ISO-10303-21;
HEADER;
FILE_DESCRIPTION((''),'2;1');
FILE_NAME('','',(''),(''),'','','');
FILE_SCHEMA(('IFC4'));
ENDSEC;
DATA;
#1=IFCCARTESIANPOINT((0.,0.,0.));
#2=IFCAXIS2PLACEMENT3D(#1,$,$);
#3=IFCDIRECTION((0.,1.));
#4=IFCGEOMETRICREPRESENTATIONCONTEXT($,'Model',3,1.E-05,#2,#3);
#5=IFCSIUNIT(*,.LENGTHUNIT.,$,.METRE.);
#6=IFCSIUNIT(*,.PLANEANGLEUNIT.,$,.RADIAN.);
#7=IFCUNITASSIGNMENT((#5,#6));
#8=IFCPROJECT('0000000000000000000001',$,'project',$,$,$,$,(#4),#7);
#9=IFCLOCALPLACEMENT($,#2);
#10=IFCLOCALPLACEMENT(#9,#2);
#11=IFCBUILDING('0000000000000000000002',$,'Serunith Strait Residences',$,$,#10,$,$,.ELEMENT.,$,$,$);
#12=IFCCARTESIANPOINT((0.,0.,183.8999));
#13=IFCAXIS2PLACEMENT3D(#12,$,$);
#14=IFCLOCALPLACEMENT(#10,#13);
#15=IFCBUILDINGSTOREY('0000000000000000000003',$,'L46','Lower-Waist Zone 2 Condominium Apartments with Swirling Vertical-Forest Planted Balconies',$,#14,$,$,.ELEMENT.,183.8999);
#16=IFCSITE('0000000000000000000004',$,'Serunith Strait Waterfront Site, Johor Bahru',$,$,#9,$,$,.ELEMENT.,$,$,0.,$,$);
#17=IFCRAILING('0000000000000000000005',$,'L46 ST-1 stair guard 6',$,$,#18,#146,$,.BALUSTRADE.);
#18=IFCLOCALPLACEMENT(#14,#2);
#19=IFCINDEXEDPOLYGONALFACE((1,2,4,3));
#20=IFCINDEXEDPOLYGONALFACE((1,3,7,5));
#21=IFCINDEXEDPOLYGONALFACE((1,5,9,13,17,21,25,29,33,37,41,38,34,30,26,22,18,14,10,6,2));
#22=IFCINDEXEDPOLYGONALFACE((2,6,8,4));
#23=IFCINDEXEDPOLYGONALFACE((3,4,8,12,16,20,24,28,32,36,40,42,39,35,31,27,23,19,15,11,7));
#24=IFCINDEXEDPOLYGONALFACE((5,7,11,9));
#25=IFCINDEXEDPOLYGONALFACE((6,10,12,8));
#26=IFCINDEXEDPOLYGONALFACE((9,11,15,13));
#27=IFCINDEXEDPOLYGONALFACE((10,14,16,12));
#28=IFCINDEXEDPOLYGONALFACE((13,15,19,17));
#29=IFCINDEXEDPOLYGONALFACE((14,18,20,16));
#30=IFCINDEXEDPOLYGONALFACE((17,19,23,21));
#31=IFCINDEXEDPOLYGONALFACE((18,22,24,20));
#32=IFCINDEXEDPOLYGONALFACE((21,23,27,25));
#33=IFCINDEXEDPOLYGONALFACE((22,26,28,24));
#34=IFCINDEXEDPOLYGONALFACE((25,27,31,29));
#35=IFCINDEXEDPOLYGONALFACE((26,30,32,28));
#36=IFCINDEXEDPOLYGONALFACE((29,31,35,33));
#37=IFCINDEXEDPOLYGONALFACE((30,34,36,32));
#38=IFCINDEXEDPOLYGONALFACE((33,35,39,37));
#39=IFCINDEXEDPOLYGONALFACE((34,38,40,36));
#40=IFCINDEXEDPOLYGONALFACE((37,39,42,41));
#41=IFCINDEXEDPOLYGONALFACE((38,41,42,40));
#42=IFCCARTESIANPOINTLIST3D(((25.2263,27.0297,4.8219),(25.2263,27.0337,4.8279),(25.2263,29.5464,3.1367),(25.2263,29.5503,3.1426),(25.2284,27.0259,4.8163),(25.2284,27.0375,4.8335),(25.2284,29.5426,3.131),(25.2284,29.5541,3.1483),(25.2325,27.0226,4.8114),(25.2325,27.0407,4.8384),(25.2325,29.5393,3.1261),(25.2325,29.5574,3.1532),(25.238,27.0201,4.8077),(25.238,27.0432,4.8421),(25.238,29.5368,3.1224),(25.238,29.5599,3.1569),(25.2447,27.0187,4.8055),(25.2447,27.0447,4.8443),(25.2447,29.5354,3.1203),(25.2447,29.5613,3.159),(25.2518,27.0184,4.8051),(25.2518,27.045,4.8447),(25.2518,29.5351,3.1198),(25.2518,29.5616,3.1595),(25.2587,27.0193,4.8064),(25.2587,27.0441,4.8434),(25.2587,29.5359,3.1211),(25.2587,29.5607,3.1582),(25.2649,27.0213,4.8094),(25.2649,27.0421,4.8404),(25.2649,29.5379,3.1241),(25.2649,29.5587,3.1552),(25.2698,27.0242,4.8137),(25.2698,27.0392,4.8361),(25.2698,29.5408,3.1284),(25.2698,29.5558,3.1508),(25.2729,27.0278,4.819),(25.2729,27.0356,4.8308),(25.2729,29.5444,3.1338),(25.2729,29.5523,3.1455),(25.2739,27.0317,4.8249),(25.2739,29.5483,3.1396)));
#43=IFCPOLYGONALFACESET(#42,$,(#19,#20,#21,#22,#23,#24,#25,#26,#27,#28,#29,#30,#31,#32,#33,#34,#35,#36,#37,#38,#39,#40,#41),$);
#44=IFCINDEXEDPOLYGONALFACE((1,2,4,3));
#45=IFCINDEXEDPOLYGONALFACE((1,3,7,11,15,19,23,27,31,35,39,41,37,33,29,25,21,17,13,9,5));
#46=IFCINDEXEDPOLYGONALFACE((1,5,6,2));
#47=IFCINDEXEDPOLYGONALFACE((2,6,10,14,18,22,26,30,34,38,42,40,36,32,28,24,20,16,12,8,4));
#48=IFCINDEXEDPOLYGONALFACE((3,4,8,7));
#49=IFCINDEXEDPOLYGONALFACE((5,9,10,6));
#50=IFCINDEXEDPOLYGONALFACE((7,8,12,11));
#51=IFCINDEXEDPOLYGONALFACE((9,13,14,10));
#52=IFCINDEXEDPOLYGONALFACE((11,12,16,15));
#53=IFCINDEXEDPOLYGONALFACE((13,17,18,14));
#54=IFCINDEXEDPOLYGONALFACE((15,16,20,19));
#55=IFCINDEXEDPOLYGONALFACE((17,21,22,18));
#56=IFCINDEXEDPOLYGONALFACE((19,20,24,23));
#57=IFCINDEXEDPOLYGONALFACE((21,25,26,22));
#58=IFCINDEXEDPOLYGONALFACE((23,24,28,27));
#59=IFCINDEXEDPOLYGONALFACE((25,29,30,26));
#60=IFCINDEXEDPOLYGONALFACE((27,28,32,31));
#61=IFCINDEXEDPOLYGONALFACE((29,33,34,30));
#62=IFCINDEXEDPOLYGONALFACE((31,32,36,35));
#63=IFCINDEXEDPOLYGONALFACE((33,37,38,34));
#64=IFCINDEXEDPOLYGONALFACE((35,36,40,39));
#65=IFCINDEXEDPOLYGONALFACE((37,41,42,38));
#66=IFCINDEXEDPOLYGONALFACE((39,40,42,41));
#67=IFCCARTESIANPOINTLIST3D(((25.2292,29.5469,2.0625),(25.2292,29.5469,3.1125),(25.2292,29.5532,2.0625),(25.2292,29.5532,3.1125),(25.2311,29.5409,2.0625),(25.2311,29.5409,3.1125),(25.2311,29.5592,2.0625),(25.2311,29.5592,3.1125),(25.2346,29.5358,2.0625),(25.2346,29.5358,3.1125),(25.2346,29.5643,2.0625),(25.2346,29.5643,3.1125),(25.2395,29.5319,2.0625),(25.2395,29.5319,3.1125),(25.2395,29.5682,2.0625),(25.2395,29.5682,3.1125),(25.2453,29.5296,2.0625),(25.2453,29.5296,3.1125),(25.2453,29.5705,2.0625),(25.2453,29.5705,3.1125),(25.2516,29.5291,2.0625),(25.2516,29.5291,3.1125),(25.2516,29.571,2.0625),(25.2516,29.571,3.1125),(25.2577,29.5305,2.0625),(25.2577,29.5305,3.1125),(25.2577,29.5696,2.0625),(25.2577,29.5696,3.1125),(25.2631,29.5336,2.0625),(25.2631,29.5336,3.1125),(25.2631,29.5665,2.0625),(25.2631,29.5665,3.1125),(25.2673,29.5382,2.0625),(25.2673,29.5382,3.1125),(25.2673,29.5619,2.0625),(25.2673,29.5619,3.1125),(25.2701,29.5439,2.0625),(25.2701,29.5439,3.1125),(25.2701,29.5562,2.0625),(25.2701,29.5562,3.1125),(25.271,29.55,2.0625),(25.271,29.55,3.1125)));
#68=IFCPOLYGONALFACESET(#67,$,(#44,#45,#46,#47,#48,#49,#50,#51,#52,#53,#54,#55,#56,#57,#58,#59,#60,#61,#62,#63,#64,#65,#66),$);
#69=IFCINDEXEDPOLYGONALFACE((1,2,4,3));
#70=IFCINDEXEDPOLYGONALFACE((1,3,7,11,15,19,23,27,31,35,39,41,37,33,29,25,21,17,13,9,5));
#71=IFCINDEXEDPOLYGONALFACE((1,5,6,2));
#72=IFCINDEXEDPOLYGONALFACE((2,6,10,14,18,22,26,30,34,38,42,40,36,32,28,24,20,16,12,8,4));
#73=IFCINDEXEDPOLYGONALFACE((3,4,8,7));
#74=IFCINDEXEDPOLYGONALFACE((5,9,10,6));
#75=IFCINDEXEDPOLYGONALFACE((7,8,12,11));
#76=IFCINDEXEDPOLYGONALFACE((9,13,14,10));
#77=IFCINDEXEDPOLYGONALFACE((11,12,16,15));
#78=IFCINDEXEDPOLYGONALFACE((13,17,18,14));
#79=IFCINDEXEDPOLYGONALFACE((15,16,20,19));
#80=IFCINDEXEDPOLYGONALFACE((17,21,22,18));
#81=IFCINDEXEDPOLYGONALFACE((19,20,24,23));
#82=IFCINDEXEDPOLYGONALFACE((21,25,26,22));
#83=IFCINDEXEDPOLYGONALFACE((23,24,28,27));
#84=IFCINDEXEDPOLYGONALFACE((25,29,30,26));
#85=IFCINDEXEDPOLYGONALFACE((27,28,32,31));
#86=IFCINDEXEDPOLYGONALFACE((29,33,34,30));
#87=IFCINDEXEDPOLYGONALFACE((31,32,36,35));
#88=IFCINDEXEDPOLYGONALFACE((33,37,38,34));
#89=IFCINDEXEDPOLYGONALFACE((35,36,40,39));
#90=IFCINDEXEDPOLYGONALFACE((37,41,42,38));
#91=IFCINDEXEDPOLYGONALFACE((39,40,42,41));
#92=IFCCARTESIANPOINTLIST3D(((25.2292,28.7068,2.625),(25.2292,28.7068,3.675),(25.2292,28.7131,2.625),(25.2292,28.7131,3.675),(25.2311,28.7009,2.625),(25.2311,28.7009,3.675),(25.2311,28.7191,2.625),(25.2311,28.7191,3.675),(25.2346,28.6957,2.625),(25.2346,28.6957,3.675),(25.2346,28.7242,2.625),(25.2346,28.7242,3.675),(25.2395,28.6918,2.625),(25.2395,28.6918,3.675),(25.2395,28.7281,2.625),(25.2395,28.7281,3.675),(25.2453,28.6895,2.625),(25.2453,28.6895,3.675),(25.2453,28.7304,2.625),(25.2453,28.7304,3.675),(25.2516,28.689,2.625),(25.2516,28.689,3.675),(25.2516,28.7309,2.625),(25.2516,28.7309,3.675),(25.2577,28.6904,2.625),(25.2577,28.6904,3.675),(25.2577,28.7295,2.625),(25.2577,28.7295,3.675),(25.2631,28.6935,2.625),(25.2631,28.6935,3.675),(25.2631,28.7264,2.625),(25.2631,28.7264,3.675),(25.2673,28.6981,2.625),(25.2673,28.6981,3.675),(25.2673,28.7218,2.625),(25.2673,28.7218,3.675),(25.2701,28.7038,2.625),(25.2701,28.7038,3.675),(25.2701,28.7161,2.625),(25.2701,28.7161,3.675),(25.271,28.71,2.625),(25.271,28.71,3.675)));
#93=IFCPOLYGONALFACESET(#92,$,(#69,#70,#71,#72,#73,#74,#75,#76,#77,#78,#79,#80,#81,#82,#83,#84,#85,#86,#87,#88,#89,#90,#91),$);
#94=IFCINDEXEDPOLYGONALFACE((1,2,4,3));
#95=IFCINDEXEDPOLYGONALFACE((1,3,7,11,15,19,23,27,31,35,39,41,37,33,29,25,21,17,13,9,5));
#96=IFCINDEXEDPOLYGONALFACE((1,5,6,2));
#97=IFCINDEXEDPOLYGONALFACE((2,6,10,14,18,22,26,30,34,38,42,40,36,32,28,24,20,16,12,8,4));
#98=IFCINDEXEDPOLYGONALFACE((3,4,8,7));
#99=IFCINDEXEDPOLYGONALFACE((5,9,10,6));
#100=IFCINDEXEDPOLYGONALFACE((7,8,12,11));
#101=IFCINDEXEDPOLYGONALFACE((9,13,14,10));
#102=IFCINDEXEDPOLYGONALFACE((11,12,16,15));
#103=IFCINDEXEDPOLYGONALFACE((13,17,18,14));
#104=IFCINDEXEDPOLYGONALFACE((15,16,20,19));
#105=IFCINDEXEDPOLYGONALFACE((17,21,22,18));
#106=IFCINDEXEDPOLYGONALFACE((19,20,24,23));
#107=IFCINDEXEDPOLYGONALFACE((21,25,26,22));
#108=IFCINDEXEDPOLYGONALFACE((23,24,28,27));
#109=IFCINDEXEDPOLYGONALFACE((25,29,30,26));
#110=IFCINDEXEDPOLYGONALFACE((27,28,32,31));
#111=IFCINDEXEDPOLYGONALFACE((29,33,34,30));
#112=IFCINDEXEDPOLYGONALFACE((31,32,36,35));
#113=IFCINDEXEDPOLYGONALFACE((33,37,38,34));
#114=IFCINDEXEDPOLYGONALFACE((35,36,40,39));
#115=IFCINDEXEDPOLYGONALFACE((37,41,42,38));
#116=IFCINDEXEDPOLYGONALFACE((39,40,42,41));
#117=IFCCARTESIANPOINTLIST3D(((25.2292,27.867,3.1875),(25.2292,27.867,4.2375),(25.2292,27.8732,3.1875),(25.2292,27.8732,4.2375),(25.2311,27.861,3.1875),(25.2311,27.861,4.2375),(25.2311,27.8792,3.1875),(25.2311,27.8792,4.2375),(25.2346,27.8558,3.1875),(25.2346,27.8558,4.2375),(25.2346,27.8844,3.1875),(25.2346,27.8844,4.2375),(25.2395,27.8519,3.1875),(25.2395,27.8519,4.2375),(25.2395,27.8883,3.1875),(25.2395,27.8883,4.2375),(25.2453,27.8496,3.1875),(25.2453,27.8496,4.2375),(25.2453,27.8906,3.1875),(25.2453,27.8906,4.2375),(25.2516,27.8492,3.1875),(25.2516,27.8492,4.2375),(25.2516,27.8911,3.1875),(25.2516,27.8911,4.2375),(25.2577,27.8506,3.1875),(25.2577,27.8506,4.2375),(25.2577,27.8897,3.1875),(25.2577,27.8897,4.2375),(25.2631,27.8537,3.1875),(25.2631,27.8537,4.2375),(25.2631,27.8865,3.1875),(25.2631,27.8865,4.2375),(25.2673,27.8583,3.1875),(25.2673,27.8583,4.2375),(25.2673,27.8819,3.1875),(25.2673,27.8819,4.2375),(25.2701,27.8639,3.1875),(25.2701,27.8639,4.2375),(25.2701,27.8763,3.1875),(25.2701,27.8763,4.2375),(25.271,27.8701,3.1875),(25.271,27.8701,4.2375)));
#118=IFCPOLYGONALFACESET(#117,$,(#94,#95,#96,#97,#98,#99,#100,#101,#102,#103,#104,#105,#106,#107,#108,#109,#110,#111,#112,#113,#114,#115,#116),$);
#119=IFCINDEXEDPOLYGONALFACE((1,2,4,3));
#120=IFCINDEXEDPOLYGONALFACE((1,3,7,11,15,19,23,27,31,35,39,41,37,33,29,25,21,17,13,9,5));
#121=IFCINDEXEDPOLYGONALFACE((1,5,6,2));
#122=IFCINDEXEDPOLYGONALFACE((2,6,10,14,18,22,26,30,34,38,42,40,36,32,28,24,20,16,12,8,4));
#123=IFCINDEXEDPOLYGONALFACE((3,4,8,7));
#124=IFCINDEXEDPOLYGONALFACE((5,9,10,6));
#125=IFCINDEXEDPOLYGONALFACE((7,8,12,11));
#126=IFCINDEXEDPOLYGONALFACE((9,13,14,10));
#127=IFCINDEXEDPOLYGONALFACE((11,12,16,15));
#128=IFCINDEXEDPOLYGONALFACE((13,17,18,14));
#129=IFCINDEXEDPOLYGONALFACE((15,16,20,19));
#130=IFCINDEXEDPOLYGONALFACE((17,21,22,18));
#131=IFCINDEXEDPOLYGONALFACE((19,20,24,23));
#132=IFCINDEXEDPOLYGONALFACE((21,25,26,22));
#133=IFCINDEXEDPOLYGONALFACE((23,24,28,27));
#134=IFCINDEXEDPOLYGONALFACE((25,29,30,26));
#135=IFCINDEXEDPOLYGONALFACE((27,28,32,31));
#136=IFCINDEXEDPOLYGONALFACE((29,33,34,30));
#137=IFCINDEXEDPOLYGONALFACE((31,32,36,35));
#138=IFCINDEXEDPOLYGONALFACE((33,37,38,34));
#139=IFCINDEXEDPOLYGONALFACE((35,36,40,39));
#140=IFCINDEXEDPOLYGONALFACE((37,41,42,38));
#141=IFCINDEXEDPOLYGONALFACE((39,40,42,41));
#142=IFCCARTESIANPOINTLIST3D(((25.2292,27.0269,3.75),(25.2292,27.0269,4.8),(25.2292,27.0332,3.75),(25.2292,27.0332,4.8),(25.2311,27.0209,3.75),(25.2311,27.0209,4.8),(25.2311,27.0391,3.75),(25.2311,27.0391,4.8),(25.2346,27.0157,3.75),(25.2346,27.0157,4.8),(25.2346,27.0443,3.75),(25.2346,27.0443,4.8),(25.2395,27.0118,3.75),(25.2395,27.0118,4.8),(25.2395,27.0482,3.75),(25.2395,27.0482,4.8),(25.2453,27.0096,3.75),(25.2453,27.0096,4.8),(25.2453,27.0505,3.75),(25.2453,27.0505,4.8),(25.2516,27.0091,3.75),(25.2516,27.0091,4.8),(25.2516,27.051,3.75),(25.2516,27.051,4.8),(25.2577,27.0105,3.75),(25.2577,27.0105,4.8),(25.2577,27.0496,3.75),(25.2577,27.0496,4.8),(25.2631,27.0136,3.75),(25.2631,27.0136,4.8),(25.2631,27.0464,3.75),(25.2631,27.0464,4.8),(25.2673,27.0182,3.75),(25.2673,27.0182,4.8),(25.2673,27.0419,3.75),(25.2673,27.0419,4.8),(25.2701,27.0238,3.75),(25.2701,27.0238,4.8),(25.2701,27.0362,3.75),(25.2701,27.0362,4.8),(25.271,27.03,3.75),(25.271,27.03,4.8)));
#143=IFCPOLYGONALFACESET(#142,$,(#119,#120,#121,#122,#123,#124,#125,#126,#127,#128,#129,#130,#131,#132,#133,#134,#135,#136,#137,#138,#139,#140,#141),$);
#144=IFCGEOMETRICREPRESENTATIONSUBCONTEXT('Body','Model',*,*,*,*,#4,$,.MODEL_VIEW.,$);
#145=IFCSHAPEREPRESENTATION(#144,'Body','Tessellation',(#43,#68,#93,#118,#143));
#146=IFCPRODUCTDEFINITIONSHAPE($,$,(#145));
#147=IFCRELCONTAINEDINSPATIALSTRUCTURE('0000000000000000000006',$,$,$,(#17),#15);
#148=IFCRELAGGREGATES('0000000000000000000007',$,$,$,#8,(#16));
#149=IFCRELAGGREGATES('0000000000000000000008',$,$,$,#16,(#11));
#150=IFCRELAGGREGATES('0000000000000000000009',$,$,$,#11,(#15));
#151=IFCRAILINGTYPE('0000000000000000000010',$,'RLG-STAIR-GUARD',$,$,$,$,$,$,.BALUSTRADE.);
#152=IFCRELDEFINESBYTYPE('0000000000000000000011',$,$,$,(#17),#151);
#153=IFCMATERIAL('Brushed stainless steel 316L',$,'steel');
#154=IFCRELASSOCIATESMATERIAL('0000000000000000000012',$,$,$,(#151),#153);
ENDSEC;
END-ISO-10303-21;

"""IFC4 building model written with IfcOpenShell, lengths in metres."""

from ifc_helpers import new_model, si_unit, direction, frame, origin, origin_2d, place, context, subcontext, project, spatial, circle, extrude, material, type_object, element, save


model = new_model("IFC4")

# Units and contexts
model_context = context("Model", 3, precision=1e-05, world=origin(), true_north=direction((0.0, 1.0)))
body_context = subcontext(model_context, "Body", "Model", "MODEL_VIEW")
ifc_project = project(units=[si_unit("LENGTHUNIT", "METRE"), si_unit("PLANEANGLEUNIT", "RADIAN")], contexts=[model_context])

# Site, building, storey
site_placement = place(None, origin())
site = spatial("IfcSite", under=ifc_project, at=site_placement, Name="Serunith Strait Waterfront Site, Johor Bahru", CompositionType="ELEMENT", RefElevation=0.0)
building_placement = place(site_placement, origin())
building = spatial("IfcBuilding", under=site, at=building_placement, Name="Serunith Strait Residences", CompositionType="ELEMENT")
storey_placement = place(building_placement, frame((0.0, 0.0, 183.8999)))
storey = spatial("IfcBuildingStorey", under=building, at=storey_placement, Name="L46", Description="Lower-Waist Zone 2 Condominium Apartments with Swirling Vertical-Forest Planted Balconies", CompositionType="ELEMENT", Elevation=183.8999)

# Railing
ifc_material_1 = material(Name="Brushed stainless steel 316L", Category="steel")
railing_type_1 = type_object("IfcRailingType", Name="RLG-STAIR-GUARD", PredefinedType="BALUSTRADE", material=ifc_material_1)
railing_1_placement = place(storey_placement, frame((25.25, 29.55, 2.0625)))
element("IfcRailing", 1, at=railing_1_placement, inside=storey, type_object=railing_type_1, Name="L46 ST-1 stair guard 6", PredefinedType="BALUSTRADE", context=body_context, shape_type="SweptSolid", body=[
    extrude(circle(Radius=0.0239, at=origin_2d()), frame((0.0, -0.0017, 1.0771), z_axis=(0.0, -0.830909, 0.556408), x_axis=(1.0, 0.0, 0.0)), (0.0, 0.0, 1.0), 3.0288),
    extrude(circle(Radius=0.021, at=origin_2d()), origin(), (0.0, 0.0, 1.0), 1.05),
    extrude(circle(Radius=0.021, at=origin_2d()), frame((0.0, -0.8401, 0.5625)), (0.0, 0.0, 1.0), 1.05),
    extrude(circle(Radius=0.021, at=origin_2d()), frame((0.0, -1.6799, 1.125)), (0.0, 0.0, 1.0), 1.05),
    extrude(circle(Radius=0.021, at=origin_2d()), frame((0.0, -2.52, 1.6875)), (0.0, 0.0, 1.0), 1.05),
])

save(model, "model.ifc")
